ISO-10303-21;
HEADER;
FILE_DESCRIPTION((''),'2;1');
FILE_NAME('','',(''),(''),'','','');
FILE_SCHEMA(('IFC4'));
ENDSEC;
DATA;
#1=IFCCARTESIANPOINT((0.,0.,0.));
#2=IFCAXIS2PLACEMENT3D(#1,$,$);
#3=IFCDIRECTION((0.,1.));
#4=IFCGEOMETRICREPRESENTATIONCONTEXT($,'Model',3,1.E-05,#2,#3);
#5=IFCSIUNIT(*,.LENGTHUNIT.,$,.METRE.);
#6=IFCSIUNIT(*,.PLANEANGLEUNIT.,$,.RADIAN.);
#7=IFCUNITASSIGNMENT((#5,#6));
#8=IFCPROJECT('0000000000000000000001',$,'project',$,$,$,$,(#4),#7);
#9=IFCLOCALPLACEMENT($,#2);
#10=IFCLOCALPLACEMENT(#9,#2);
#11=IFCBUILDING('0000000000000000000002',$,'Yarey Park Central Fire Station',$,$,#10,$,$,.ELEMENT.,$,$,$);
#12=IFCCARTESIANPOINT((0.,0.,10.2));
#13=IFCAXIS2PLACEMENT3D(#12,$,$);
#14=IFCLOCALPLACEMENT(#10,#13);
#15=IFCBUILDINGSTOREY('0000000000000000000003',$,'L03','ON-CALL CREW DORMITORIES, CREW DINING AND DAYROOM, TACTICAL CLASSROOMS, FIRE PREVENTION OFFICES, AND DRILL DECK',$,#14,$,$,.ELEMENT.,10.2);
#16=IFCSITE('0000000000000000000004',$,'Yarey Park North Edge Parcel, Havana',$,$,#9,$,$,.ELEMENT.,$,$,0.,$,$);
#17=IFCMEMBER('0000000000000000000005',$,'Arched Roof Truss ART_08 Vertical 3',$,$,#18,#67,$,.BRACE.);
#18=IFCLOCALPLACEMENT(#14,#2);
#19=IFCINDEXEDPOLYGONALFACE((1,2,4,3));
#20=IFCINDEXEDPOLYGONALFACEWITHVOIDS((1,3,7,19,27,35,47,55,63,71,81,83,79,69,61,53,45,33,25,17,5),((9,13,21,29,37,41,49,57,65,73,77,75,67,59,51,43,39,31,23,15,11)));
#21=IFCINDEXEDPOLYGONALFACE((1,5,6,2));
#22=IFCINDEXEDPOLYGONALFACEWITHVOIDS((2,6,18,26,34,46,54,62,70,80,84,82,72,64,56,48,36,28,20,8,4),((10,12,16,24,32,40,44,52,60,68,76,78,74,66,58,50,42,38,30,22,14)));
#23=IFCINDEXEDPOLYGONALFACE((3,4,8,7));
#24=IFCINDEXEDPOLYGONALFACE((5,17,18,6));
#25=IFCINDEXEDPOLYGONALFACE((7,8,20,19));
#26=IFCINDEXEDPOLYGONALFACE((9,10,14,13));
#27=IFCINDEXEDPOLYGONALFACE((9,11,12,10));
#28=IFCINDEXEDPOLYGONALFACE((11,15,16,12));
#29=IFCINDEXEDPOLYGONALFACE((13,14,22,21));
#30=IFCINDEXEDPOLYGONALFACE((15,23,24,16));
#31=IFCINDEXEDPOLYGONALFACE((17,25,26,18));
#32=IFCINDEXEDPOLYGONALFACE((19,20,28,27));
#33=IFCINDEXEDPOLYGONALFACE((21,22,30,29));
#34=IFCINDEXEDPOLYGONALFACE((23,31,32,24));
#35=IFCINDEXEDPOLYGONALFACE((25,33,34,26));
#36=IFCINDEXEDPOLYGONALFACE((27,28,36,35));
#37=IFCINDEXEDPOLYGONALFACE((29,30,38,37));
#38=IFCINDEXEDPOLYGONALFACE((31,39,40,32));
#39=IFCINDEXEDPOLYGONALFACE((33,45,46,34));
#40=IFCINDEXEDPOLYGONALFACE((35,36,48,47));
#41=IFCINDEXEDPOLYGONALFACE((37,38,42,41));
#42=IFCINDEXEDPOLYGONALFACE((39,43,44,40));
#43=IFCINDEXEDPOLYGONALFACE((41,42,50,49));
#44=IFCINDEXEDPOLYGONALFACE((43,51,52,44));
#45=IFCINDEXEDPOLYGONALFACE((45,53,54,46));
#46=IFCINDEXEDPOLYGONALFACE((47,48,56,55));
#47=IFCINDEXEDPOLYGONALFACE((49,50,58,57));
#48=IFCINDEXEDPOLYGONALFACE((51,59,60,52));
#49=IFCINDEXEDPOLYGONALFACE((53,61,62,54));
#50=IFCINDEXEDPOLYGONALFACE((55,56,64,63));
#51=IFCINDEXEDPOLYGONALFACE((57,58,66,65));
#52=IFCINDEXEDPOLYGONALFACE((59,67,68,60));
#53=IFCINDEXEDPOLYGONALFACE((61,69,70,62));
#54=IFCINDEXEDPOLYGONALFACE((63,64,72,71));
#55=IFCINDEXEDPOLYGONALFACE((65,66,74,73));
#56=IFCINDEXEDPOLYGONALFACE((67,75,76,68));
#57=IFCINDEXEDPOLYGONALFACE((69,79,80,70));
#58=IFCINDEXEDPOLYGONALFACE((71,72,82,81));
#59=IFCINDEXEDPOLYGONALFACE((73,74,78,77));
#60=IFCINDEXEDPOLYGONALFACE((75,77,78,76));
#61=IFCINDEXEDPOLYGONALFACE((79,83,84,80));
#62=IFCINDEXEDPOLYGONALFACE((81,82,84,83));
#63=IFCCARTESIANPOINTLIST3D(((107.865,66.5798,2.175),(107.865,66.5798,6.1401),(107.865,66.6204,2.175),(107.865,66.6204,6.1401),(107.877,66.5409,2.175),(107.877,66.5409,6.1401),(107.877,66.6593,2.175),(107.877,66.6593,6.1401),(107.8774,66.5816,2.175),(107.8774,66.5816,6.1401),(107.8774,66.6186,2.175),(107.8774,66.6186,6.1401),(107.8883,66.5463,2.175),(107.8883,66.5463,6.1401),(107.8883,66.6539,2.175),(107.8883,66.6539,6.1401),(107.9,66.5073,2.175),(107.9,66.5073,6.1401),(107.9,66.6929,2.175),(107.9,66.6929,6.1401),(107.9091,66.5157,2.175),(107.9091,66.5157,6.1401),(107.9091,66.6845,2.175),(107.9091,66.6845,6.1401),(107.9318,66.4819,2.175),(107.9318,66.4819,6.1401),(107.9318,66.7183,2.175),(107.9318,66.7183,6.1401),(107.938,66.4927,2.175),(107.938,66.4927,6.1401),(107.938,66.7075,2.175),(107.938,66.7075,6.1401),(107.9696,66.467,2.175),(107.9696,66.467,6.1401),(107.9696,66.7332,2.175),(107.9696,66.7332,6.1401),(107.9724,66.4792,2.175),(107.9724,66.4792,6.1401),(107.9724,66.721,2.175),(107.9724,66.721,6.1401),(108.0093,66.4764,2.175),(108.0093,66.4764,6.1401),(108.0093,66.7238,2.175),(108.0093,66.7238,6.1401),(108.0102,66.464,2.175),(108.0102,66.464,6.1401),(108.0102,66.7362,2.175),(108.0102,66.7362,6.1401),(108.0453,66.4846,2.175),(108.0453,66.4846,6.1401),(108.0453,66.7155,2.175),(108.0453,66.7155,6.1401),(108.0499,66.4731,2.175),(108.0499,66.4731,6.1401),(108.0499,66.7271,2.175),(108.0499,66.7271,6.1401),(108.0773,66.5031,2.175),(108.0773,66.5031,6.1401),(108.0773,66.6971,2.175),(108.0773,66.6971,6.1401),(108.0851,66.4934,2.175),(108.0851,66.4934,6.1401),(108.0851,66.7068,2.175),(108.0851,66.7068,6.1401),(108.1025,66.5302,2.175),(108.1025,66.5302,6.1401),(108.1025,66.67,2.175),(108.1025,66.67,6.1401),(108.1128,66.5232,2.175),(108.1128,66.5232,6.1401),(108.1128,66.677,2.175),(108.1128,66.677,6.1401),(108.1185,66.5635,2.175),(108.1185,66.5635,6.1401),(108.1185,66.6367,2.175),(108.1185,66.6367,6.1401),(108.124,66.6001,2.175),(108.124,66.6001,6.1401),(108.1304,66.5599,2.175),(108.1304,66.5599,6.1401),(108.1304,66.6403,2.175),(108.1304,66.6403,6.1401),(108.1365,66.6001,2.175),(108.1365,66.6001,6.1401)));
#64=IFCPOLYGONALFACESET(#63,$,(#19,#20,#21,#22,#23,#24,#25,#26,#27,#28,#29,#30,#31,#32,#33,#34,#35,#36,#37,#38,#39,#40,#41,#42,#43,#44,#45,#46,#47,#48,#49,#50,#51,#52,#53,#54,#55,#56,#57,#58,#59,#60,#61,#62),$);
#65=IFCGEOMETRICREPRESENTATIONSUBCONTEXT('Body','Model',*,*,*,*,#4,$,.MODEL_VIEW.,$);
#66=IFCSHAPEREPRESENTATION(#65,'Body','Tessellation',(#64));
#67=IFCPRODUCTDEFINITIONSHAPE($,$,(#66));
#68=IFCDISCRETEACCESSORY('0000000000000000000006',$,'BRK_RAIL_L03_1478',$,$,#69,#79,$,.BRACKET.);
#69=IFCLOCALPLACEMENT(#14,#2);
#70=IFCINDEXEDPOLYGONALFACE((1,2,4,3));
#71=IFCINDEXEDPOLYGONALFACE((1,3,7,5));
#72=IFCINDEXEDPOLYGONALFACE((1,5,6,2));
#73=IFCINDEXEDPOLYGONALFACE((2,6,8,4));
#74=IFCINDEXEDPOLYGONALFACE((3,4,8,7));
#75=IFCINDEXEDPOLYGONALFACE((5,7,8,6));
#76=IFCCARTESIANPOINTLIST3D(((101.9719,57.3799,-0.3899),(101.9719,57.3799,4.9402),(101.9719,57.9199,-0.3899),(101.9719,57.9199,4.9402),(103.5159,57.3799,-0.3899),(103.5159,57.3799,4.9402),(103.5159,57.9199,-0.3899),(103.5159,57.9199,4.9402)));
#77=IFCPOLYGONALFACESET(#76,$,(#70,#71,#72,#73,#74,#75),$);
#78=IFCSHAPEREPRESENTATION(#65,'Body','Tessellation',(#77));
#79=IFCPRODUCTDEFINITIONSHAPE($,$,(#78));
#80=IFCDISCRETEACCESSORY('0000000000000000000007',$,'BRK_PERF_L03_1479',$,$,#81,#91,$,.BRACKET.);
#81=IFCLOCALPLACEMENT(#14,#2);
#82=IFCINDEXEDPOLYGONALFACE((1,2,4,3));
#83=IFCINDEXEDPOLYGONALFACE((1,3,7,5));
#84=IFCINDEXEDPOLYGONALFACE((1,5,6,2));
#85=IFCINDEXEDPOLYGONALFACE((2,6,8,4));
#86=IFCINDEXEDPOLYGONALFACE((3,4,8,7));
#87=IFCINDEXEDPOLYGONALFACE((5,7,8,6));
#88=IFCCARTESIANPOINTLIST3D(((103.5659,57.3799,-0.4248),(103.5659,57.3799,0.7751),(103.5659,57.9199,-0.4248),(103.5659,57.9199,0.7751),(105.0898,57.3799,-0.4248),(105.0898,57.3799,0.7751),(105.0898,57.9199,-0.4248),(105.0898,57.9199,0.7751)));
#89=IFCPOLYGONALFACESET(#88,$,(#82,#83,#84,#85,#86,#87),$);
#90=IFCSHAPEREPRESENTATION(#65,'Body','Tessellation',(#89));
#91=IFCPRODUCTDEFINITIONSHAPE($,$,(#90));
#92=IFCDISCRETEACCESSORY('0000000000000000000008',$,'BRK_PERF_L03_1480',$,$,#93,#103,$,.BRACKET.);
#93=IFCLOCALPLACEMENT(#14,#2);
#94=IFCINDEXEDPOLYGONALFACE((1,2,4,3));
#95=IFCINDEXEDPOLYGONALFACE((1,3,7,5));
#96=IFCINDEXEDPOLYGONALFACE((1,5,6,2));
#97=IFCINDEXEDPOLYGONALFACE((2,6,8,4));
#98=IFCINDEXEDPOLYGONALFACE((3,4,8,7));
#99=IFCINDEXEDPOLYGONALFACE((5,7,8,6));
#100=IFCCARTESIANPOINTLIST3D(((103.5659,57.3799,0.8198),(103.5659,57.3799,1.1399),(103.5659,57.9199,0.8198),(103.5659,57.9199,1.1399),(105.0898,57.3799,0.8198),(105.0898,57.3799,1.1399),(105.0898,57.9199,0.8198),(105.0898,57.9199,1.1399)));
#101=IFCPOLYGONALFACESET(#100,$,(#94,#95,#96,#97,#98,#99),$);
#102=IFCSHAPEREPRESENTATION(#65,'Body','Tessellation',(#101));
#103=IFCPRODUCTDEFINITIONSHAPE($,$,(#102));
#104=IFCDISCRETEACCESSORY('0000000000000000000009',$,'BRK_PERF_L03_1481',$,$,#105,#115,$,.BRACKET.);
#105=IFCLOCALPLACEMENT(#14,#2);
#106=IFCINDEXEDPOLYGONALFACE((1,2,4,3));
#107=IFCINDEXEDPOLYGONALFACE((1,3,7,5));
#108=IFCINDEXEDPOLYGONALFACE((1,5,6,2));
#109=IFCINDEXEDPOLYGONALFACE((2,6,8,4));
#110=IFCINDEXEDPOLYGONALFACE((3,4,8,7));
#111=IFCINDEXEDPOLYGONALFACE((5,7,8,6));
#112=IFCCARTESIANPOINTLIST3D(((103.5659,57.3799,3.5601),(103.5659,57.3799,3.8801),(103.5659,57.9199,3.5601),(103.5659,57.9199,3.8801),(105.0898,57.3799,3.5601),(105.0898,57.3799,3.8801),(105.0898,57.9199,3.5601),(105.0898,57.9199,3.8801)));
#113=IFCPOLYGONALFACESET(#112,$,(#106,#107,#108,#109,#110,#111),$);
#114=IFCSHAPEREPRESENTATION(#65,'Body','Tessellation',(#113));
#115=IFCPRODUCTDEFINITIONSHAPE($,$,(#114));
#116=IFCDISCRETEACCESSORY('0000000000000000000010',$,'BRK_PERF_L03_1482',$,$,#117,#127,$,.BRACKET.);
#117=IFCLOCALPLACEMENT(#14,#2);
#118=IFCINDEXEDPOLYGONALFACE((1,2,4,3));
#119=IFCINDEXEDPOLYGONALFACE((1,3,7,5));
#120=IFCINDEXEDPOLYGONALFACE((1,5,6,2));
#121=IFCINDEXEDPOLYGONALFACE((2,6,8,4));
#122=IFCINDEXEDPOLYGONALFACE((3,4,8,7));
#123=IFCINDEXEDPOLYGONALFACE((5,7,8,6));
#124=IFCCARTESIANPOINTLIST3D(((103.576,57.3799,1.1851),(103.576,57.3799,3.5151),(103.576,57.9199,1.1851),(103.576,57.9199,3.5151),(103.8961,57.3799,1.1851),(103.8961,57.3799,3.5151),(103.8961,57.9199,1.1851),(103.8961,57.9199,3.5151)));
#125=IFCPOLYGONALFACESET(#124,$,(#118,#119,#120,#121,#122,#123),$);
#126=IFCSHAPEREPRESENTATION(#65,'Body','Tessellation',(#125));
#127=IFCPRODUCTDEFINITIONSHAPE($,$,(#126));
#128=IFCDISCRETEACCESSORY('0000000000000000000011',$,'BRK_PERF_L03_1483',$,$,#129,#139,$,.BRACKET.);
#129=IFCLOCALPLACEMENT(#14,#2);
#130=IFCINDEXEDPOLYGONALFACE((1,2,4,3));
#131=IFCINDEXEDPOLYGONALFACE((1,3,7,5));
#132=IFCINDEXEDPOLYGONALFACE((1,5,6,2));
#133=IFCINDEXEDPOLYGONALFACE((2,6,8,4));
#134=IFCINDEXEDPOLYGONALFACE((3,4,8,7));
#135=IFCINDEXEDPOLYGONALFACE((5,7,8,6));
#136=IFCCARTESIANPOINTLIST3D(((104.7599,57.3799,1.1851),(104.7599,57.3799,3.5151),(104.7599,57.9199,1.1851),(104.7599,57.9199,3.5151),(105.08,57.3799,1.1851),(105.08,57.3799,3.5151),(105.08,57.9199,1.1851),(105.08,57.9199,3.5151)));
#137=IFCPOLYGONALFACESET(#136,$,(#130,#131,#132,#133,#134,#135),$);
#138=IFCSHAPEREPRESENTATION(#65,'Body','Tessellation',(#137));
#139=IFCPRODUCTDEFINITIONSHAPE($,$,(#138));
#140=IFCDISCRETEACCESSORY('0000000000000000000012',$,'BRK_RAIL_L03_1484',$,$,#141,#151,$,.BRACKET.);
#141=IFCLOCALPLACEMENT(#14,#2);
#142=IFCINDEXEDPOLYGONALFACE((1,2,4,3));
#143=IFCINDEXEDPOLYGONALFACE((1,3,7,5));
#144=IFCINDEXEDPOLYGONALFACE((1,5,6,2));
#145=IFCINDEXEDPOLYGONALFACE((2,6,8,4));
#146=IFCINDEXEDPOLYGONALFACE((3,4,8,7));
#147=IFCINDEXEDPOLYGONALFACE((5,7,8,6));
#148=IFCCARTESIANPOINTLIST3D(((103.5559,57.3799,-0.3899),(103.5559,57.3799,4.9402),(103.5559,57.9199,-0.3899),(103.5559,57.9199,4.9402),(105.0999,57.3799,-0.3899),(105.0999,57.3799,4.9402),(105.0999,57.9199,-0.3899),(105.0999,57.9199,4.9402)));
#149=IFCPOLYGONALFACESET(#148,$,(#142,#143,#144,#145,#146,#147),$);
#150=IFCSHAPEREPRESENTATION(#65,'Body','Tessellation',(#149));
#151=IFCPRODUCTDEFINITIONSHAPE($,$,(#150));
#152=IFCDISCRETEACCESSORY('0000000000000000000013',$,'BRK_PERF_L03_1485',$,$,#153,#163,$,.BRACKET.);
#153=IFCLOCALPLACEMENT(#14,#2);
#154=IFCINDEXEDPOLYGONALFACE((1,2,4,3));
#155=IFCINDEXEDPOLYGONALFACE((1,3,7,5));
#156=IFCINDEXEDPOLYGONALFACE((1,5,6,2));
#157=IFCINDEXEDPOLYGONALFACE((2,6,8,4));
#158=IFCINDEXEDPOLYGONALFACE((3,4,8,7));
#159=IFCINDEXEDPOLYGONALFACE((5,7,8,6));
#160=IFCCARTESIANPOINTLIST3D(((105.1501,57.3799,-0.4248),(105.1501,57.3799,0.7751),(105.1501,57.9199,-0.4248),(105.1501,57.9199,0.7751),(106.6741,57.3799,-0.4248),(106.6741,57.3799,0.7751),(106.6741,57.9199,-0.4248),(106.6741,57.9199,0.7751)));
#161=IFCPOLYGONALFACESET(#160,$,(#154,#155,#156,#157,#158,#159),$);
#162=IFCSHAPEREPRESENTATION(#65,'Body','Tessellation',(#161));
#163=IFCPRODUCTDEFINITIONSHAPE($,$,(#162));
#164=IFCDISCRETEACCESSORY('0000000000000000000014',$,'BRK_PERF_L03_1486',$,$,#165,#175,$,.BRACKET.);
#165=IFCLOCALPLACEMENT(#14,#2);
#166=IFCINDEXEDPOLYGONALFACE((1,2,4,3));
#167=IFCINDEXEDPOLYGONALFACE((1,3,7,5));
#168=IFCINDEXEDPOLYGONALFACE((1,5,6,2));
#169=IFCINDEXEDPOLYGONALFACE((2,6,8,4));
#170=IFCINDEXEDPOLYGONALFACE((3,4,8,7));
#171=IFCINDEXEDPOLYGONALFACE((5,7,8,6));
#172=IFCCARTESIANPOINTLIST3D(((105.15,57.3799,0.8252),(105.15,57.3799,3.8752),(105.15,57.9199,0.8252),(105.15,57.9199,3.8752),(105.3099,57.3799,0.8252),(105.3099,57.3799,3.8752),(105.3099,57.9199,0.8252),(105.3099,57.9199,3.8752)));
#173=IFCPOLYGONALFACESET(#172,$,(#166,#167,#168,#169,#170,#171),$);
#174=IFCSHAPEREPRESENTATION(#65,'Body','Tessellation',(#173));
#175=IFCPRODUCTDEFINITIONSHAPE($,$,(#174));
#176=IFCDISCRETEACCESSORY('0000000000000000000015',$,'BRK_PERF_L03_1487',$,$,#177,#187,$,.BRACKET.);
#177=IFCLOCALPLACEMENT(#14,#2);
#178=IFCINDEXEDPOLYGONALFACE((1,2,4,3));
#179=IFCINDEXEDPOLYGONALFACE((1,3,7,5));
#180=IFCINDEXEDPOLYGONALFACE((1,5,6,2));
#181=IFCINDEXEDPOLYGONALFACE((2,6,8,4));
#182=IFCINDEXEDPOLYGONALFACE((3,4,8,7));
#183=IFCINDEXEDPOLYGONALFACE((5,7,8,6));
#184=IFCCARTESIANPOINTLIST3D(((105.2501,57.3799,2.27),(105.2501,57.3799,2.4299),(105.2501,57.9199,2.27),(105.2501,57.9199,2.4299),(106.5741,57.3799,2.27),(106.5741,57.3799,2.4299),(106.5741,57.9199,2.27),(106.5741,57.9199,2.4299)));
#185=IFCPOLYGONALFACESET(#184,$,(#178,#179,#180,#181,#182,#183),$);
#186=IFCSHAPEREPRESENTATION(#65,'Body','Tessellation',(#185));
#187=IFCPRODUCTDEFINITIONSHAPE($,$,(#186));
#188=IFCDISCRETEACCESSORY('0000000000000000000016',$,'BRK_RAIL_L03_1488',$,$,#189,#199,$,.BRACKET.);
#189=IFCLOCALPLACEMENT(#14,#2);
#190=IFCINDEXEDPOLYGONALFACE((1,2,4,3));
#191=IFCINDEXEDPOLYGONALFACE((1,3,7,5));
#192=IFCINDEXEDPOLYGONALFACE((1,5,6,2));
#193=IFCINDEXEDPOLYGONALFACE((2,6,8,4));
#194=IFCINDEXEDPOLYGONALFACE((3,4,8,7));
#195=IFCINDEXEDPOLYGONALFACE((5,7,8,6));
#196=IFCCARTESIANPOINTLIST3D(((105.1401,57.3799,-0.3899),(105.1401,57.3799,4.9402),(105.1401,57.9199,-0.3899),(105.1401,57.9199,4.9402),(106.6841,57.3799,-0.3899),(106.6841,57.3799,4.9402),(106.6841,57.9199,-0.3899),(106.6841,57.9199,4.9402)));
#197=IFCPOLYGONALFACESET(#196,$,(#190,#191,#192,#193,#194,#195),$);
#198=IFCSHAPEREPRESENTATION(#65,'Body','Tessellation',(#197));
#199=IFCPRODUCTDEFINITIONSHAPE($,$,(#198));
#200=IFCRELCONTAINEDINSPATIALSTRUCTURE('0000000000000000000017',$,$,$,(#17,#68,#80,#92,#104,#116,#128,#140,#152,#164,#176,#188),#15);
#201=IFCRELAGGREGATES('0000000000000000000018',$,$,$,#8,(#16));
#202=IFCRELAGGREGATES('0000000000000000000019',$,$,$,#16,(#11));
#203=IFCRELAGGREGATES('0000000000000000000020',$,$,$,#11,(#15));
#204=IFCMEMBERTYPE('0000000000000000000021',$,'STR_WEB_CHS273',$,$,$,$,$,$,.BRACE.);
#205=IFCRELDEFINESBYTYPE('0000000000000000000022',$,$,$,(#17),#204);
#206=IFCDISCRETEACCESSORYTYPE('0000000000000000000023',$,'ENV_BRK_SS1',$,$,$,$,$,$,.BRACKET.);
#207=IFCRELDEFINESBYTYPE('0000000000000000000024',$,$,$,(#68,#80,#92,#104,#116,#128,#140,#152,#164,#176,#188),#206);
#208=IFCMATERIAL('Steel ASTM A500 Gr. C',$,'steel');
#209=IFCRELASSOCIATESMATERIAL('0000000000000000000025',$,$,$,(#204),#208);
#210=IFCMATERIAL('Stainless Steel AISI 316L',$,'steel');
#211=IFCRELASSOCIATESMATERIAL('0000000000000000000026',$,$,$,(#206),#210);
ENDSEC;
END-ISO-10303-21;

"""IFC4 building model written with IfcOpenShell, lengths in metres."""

from ifc_helpers import new_model, si_unit, direction, frame, origin, origin_2d, place, context, subcontext, project, spatial, rectangle, hollow_circle, extrude, material, material_profile, profile_set, type_object, element, save


model = new_model("IFC4")

# Units and contexts
model_context = context("Model", 3, precision=1e-05, world=origin(), true_north=direction((0.0, 1.0)))
body_context = subcontext(model_context, "Body", "Model", "MODEL_VIEW")
ifc_project = project(units=[si_unit("LENGTHUNIT", "METRE"), si_unit("PLANEANGLEUNIT", "RADIAN")], contexts=[model_context])

# Site, building, storey
site_placement = place(None, origin())
site = spatial("IfcSite", under=ifc_project, at=site_placement, Name="Yarey Park North Edge Parcel, Havana", CompositionType="ELEMENT", RefElevation=0.0)
building_placement = place(site_placement, origin())
building = spatial("IfcBuilding", under=site, at=building_placement, Name="Yarey Park Central Fire Station", CompositionType="ELEMENT")
storey_placement = place(building_placement, frame((0.0, 0.0, 10.2)))
storey = spatial("IfcBuildingStorey", under=building, at=storey_placement, Name="L03", Description="ON-CALL CREW DORMITORIES, CREW DINING AND DAYROOM, TACTICAL CLASSROOMS, FIRE PREVENTION OFFICES, AND DRILL DECK", CompositionType="ELEMENT", Elevation=10.2)

# Member
ifc_material_1 = material(Name="Steel ASTM A500 Gr. C", Category="steel")
ifc_material_profile_1 = material_profile(ifc_material_1, hollow_circle(Radius=0.1365, WallThickness=0.0125, at=origin_2d()), Name="CHS 273x12.5")
ifc_profile_set_1 = profile_set([ifc_material_profile_1], Name="Steel ASTM A500 Gr. C")
member_type_1 = type_object("IfcMemberType", Name="STR_WEB_CHS273", PredefinedType="BRACE", material=ifc_profile_set_1)
member_1_placement = place(storey_placement, frame((108.0, 66.6001, 2.175), z_axis=(0.0, 0.0, 1.0), x_axis=(1.0, 0.0, 0.0)))
element("IfcMember", 1, at=member_1_placement, inside=storey, type_object=member_type_1, Name="Arched Roof Truss ART_08 Vertical 3", PredefinedType="BRACE", context=body_context, shape_type="SweptSolid", body=[
    extrude(hollow_circle(Radius=0.1365, WallThickness=0.0125, at=origin_2d()), origin(), (0.0, 0.0, 1.0), 3.9651),
])

# Discrete accessories
ifc_material_2 = material(Name="Stainless Steel AISI 316L", Category="steel")
discrete_accessory_type = type_object("IfcDiscreteAccessoryType", Name="ENV_BRK_SS1", PredefinedType="BRACKET", material=ifc_material_2)
discrete_accessory_1_placement = place(storey_placement, frame((102.7439, 57.6499, -0.3899), z_axis=(0.0, 0.0, 1.0), x_axis=(1.0, 0.0, 0.0)))
element("IfcDiscreteAccessory", 2, at=discrete_accessory_1_placement, inside=storey, type_object=discrete_accessory_type, Name="BRK_RAIL_L03_1478", PredefinedType="BRACKET", context=body_context, shape_type="SweptSolid", body=[
    extrude(rectangle(XDim=1.5439, YDim=0.54, at=origin_2d()), origin(), (0.0, 0.0, 1.0), 5.3301),
])
discrete_accessory_2_placement = place(storey_placement, frame((104.3279, 57.6499, -0.4248), z_axis=(0.0, 0.0, 1.0), x_axis=(1.0, 0.0, 0.0)))
element("IfcDiscreteAccessory", 3, at=discrete_accessory_2_placement, inside=storey, type_object=discrete_accessory_type, Name="BRK_PERF_L03_1479", PredefinedType="BRACKET", context=body_context, shape_type="SweptSolid", body=[
    extrude(rectangle(XDim=1.5239, YDim=0.54, at=origin_2d()), origin(), (0.0, 0.0, 1.0), 1.2),
])
for number, where, z_axis, x_axis, name in (
    (4, (104.3279, 57.6499, 0.8198), (0.0, 0.0, 1.0), (1.0, 0.0, 0.0), "BRK_PERF_L03_1480"),
    (5, (104.3279, 57.6499, 3.5601), (0.0, 0.0, 1.0), (1.0, 0.0, 0.0), "BRK_PERF_L03_1481"),
):
    element("IfcDiscreteAccessory", number, at=place(storey_placement, frame(where, z_axis=z_axis, x_axis=x_axis)), inside=storey, type_object=discrete_accessory_type, Name=name, PredefinedType="BRACKET", context=body_context, shape_type="SweptSolid", body=[
        extrude(rectangle(XDim=1.5239, YDim=0.54, at=origin_2d()), origin(), (0.0, 0.0, 1.0), 0.3201),
    ])
for number, where, z_axis, x_axis, name in (
    (6, (103.7361, 57.6499, 1.1851), (0.0, 0.0, 1.0), (1.0, 0.0, 0.0), "BRK_PERF_L03_1482"),
    (7, (104.9199, 57.6499, 1.1851), (0.0, 0.0, 1.0), (1.0, 0.0, 0.0), "BRK_PERF_L03_1483"),
):
    element("IfcDiscreteAccessory", number, at=place(storey_placement, frame(where, z_axis=z_axis, x_axis=x_axis)), inside=storey, type_object=discrete_accessory_type, Name=name, PredefinedType="BRACKET", context=body_context, shape_type="SweptSolid", body=[
        extrude(rectangle(XDim=0.3201, YDim=0.54, at=origin_2d()), origin(), (0.0, 0.0, 1.0), 2.3301),
    ])
discrete_accessory_3_placement = place(storey_placement, frame((104.3279, 57.6499, -0.3899), z_axis=(0.0, 0.0, 1.0), x_axis=(1.0, 0.0, 0.0)))
element("IfcDiscreteAccessory", 8, at=discrete_accessory_3_placement, inside=storey, type_object=discrete_accessory_type, Name="BRK_RAIL_L03_1484", PredefinedType="BRACKET", context=body_context, shape_type="SweptSolid", body=[
    extrude(rectangle(XDim=1.5439, YDim=0.54, at=origin_2d()), origin(), (0.0, 0.0, 1.0), 5.3301),
])
discrete_accessory_4_placement = place(storey_placement, frame((105.9121, 57.6499, -0.4248), z_axis=(0.0, 0.0, 1.0), x_axis=(1.0, 0.0, 0.0)))
element("IfcDiscreteAccessory", 9, at=discrete_accessory_4_placement, inside=storey, type_object=discrete_accessory_type, Name="BRK_PERF_L03_1485", PredefinedType="BRACKET", context=body_context, shape_type="SweptSolid", body=[
    extrude(rectangle(XDim=1.5239, YDim=0.54, at=origin_2d()), origin(), (0.0, 0.0, 1.0), 1.2),
])
discrete_accessory_5_placement = place(storey_placement, frame((105.23, 57.6499, 0.8252), z_axis=(0.0, 0.0, 1.0), x_axis=(1.0, 0.0, 0.0)))
element("IfcDiscreteAccessory", 10, at=discrete_accessory_5_placement, inside=storey, type_object=discrete_accessory_type, Name="BRK_PERF_L03_1486", PredefinedType="BRACKET", context=body_context, shape_type="SweptSolid", body=[
    extrude(rectangle(XDim=0.1599, YDim=0.54, at=origin_2d()), origin(), (0.0, 0.0, 1.0), 3.05),
])
discrete_accessory_6_placement = place(storey_placement, frame((105.9121, 57.6499, 2.27), z_axis=(0.0, 0.0, 1.0), x_axis=(1.0, 0.0, 0.0)))
element("IfcDiscreteAccessory", 11, at=discrete_accessory_6_placement, inside=storey, type_object=discrete_accessory_type, Name="BRK_PERF_L03_1487", PredefinedType="BRACKET", context=body_context, shape_type="SweptSolid", body=[
    extrude(rectangle(XDim=1.324, YDim=0.54, at=origin_2d()), origin(), (0.0, 0.0, 1.0), 0.1599),
])
discrete_accessory_7_placement = place(storey_placement, frame((105.9121, 57.6499, -0.3899), z_axis=(0.0, 0.0, 1.0), x_axis=(1.0, 0.0, 0.0)))
element("IfcDiscreteAccessory", 12, at=discrete_accessory_7_placement, inside=storey, type_object=discrete_accessory_type, Name="BRK_RAIL_L03_1488", PredefinedType="BRACKET", context=body_context, shape_type="SweptSolid", body=[
    extrude(rectangle(XDim=1.5439, YDim=0.54, at=origin_2d()), origin(), (0.0, 0.0, 1.0), 5.3301),
])

save(model, "model.ifc")
